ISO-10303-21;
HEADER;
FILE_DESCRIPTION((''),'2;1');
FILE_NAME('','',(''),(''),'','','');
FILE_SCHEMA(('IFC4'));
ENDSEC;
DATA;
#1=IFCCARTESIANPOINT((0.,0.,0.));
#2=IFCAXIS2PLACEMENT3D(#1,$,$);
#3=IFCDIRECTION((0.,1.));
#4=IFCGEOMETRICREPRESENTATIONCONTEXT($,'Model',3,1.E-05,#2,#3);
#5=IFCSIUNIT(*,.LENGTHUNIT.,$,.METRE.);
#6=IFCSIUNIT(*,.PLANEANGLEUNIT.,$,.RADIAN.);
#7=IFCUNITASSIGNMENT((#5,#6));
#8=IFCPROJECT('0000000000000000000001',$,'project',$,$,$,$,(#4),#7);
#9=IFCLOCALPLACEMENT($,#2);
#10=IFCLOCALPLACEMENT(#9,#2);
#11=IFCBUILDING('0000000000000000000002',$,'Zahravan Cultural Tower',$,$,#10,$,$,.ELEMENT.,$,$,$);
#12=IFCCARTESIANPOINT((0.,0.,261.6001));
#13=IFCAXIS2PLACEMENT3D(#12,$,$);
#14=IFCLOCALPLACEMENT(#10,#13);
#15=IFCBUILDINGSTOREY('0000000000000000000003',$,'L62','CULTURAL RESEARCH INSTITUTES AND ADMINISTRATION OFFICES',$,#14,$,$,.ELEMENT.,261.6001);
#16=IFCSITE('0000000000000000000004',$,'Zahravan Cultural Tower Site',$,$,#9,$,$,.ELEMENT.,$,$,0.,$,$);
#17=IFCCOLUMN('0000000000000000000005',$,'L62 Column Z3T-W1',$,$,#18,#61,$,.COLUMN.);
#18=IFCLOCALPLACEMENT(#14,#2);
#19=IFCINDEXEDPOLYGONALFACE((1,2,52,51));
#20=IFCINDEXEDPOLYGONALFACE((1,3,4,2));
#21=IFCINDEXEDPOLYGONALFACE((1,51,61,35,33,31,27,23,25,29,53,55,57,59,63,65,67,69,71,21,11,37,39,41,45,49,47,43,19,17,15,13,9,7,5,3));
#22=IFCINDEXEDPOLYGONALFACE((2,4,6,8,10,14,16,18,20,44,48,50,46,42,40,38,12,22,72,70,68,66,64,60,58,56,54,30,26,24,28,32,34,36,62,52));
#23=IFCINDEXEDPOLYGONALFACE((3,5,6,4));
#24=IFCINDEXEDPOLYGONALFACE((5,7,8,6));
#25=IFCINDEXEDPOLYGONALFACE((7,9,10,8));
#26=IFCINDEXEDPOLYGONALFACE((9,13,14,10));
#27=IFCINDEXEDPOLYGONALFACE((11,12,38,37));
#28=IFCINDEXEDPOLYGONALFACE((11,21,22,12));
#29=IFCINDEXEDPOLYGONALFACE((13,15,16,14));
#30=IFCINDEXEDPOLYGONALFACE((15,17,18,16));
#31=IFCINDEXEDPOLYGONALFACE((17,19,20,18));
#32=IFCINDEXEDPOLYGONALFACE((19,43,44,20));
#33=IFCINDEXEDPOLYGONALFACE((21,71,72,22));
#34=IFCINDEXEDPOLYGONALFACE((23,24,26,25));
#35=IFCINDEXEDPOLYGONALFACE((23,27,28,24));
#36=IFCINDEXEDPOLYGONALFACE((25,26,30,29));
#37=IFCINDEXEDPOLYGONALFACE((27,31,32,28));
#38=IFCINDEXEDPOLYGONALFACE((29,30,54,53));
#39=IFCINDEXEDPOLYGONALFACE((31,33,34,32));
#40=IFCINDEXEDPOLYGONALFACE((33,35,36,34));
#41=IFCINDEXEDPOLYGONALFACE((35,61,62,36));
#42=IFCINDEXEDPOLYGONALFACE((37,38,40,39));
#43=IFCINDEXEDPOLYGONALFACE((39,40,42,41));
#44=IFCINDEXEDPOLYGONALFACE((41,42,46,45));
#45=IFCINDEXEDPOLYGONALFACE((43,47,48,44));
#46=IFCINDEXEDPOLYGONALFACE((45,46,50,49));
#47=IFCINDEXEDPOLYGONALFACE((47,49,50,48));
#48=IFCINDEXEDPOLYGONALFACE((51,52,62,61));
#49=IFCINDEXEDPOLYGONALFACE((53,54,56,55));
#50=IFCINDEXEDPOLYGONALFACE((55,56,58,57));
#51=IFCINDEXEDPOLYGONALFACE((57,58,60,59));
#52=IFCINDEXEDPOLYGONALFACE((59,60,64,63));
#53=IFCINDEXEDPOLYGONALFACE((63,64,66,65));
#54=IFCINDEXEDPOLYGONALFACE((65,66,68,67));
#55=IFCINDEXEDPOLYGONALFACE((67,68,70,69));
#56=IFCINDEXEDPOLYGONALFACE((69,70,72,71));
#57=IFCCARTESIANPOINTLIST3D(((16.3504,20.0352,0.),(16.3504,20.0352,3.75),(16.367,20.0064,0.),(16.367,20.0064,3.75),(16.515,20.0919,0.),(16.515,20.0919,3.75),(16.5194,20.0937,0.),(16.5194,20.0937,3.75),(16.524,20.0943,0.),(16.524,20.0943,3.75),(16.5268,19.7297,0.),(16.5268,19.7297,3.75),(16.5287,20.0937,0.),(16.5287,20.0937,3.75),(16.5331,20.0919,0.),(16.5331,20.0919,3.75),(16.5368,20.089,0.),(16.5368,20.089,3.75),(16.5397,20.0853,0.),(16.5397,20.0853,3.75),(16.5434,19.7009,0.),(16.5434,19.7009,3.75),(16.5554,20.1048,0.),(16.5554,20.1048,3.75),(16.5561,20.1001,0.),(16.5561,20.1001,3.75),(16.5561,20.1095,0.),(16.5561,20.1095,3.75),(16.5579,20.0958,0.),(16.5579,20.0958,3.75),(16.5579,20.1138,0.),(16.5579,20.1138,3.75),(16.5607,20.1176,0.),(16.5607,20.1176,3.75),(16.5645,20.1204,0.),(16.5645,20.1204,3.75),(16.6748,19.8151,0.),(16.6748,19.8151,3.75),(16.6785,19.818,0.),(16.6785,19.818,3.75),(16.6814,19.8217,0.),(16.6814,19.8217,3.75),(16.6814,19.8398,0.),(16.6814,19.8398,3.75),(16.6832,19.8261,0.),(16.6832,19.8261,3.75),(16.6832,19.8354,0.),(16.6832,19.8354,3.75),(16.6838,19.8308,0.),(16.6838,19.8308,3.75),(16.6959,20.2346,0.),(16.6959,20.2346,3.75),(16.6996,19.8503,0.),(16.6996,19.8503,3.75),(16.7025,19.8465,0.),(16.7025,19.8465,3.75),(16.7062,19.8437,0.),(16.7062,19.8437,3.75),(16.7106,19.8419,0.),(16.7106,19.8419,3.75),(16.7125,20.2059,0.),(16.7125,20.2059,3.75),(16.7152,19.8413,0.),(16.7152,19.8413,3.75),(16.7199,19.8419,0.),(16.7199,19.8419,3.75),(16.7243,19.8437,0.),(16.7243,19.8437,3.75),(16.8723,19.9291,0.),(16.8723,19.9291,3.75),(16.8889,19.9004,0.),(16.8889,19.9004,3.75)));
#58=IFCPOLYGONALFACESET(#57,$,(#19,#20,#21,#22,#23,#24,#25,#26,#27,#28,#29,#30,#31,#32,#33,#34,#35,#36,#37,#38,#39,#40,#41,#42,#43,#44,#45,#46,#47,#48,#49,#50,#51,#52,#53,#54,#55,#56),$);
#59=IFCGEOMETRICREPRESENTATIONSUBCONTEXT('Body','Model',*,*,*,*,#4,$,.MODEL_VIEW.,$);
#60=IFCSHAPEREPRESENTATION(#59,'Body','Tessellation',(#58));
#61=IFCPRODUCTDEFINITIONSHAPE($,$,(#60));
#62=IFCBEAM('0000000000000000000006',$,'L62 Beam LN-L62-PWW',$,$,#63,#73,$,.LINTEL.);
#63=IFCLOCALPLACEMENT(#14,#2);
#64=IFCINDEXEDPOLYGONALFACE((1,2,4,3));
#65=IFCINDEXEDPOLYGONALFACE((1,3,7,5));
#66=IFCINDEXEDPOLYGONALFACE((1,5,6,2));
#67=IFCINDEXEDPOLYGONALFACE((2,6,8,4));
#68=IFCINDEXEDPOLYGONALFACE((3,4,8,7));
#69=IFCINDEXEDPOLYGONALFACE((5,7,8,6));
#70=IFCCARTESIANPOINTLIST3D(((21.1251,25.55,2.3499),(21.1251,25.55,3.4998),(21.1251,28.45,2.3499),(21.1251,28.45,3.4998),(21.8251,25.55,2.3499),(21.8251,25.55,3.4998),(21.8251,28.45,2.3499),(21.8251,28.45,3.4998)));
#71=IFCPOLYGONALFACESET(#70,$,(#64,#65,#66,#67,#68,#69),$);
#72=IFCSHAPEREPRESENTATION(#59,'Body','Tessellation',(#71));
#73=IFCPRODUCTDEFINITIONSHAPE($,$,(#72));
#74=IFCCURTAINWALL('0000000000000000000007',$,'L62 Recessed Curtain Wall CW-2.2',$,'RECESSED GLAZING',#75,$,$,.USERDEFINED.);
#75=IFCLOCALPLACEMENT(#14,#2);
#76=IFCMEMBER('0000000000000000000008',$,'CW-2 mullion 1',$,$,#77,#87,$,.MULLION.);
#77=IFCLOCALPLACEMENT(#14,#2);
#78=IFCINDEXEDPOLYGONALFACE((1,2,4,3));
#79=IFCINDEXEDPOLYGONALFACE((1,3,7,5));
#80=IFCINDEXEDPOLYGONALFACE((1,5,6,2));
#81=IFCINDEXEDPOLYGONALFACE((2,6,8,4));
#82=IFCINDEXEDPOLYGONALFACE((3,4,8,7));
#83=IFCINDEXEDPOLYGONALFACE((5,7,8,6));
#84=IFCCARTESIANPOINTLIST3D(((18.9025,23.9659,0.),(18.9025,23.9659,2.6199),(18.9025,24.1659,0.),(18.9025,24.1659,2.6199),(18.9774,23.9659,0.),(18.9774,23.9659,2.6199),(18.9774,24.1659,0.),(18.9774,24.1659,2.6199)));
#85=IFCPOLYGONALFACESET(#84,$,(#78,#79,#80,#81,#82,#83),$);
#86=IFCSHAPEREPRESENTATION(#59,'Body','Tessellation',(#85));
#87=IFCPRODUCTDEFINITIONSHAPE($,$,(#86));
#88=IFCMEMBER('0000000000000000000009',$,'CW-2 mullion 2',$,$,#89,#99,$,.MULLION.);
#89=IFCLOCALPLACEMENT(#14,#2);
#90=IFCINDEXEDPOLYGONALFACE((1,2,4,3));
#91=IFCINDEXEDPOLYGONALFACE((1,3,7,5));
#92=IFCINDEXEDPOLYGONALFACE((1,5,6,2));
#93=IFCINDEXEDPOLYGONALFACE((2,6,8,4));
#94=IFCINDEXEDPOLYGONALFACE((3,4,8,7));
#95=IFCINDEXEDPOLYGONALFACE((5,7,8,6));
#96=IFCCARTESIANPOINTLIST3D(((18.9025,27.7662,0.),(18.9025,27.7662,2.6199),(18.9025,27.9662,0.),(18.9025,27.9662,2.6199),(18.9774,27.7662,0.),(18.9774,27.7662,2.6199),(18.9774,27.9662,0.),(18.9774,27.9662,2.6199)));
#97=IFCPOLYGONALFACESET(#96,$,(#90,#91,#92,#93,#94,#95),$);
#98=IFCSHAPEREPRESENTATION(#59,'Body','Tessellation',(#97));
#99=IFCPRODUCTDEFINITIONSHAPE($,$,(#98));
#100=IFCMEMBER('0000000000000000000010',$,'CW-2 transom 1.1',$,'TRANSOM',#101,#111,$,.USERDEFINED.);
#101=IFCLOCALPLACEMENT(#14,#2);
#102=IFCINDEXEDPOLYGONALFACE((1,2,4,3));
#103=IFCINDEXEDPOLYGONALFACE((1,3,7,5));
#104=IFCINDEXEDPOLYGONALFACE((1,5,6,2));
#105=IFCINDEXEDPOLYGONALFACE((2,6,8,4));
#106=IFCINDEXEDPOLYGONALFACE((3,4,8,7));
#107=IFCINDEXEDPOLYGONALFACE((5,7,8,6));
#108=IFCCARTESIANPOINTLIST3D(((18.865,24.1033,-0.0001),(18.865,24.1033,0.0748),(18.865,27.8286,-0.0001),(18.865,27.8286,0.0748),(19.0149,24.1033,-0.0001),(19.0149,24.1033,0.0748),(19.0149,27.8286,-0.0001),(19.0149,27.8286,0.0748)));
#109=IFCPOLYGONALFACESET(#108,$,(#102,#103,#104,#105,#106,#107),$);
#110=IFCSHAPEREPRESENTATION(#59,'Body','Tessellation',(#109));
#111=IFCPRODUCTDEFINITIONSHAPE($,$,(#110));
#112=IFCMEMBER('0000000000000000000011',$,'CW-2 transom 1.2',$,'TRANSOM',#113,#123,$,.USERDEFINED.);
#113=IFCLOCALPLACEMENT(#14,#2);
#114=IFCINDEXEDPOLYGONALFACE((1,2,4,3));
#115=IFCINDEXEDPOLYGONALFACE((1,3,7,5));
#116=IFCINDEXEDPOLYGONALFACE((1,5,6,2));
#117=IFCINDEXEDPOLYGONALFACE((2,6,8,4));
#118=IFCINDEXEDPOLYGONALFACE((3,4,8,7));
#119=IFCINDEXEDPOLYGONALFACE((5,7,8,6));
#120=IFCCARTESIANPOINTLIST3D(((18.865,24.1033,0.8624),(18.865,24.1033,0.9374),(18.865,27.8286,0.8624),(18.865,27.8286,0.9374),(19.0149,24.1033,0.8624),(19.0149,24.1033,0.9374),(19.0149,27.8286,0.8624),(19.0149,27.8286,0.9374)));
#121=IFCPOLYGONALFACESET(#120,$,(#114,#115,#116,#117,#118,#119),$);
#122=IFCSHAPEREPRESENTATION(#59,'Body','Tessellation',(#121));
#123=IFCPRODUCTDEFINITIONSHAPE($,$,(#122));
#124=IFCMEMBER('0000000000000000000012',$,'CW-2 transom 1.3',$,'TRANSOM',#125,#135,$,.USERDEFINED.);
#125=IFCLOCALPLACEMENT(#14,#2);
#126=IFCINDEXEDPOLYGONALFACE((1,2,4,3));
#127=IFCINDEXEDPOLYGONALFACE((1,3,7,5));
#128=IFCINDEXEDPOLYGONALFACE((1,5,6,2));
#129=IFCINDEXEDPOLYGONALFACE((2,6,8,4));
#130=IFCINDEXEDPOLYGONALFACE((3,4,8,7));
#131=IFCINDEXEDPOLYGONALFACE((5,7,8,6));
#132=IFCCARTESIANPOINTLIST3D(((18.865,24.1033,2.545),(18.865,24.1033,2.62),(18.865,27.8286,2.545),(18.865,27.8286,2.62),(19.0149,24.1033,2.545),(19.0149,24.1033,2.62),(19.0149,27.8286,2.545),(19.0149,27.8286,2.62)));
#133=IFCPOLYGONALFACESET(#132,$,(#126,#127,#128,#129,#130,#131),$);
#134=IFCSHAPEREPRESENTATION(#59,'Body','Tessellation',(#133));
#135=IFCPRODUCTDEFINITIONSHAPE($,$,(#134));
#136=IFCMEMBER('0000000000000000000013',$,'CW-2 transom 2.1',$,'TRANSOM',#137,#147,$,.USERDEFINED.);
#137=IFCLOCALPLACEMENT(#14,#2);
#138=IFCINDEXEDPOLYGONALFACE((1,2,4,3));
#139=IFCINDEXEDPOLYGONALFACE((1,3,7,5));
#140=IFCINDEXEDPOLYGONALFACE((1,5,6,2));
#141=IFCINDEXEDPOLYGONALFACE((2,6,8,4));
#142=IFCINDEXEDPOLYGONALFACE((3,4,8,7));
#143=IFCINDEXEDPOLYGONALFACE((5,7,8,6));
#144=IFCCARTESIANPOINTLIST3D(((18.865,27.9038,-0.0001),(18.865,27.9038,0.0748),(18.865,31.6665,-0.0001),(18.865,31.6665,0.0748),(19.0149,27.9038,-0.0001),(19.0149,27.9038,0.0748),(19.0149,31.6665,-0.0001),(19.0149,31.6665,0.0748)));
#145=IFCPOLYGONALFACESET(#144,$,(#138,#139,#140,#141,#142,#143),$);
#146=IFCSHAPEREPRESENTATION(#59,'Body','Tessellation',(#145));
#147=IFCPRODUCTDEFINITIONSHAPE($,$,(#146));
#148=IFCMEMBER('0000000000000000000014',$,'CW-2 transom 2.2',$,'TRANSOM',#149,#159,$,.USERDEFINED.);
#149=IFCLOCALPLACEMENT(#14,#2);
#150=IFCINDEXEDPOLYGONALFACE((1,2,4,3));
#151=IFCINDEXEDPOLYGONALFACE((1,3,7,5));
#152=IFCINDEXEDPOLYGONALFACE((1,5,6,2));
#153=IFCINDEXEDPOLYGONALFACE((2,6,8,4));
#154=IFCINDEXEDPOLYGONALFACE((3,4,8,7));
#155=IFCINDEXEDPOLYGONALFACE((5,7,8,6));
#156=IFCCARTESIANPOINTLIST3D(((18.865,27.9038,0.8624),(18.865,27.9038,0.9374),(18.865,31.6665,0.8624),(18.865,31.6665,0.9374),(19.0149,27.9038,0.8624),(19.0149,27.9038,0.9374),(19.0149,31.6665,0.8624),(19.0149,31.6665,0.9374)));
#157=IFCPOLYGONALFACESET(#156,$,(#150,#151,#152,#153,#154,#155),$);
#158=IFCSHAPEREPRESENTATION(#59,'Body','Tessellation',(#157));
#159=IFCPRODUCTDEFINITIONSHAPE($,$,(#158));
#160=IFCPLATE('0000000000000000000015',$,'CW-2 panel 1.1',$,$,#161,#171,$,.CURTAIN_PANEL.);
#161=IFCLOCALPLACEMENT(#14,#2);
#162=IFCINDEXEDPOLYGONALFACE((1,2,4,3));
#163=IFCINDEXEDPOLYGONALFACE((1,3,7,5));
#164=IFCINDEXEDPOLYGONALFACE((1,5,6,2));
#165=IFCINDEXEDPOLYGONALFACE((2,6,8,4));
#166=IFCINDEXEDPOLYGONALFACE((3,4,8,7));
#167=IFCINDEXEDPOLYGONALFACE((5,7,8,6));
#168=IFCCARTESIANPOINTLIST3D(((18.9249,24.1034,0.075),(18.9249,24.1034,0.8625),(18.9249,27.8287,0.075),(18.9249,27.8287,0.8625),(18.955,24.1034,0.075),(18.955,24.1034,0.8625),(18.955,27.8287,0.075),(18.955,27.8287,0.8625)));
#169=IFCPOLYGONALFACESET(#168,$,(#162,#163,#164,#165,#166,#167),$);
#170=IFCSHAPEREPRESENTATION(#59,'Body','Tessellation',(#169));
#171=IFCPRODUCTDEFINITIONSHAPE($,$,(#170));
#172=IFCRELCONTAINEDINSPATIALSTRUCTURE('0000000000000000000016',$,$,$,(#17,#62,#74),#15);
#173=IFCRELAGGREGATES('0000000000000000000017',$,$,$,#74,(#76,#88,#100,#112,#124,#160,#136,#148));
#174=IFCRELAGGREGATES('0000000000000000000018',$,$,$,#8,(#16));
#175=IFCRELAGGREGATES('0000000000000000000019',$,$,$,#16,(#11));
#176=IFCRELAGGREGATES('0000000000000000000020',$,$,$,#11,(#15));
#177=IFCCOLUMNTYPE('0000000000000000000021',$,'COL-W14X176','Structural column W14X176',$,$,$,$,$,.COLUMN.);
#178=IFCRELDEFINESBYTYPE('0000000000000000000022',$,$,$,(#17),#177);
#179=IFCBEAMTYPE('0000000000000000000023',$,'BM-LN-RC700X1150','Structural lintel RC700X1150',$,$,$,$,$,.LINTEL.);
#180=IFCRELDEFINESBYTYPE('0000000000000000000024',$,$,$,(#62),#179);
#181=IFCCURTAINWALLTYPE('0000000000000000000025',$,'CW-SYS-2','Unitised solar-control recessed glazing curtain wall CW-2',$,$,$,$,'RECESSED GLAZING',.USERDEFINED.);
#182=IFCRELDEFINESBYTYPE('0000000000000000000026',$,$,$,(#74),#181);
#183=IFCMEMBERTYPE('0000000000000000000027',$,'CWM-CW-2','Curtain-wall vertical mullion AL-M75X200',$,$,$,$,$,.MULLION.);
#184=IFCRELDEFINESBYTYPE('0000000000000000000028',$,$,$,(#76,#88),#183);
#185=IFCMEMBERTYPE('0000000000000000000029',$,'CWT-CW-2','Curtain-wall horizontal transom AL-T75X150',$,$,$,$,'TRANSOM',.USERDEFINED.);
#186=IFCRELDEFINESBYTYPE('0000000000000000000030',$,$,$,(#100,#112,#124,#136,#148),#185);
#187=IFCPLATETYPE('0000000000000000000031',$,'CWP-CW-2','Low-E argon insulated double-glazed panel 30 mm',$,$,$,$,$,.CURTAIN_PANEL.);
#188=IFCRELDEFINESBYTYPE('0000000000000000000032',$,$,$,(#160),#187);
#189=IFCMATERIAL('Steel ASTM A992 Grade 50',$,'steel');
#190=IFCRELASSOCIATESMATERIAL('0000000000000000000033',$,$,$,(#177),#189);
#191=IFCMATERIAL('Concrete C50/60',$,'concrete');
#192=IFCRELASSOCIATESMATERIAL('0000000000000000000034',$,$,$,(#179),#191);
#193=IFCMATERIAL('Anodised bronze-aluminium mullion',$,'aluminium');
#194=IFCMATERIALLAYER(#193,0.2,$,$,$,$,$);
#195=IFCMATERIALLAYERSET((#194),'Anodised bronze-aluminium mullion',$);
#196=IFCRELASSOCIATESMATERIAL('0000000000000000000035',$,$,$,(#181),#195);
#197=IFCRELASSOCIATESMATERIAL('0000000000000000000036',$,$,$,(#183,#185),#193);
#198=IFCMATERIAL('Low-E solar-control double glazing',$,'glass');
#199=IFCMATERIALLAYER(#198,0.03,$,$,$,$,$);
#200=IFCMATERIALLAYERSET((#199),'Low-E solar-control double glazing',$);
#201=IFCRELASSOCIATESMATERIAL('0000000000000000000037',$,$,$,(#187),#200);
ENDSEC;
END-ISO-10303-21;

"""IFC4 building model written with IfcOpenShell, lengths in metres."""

from ifc_helpers import new_model, si_unit, direction, frame, origin, origin_2d, place, context, subcontext, project, spatial, rectangle, i_section, extrude, source, transform, mapped, material, layer, layer_set, material_profile, profile_set, type_object, element, aggregate, save


model = new_model("IFC4")

# Units and contexts
model_context = context("Model", 3, precision=1e-05, world=origin(), true_north=direction((0.0, 1.0)))
body_context = subcontext(model_context, "Body", "Model", "MODEL_VIEW")
ifc_project = project(units=[si_unit("LENGTHUNIT", "METRE"), si_unit("PLANEANGLEUNIT", "RADIAN")], contexts=[model_context])

# Site, building, storey
site_placement = place(None, origin())
site = spatial("IfcSite", under=ifc_project, at=site_placement, Name="Zahravan Cultural Tower Site", CompositionType="ELEMENT", RefElevation=0.0)
building_placement = place(site_placement, origin())
building = spatial("IfcBuilding", under=site, at=building_placement, Name="Zahravan Cultural Tower", CompositionType="ELEMENT")
storey_placement = place(building_placement, frame((0.0, 0.0, 261.6001)))
storey = spatial("IfcBuildingStorey", under=building, at=storey_placement, Name="L62", Description="CULTURAL RESEARCH INSTITUTES AND ADMINISTRATION OFFICES", CompositionType="ELEMENT", Elevation=261.6001)

# Column
ifc_material_1 = material(Name="Steel ASTM A992 Grade 50", Category="steel")
ifc_material_profile_1 = material_profile(ifc_material_1, i_section(OverallWidth=0.3989, OverallDepth=0.386, WebThickness=0.021, FlangeThickness=0.0332, FilletRadius=0.0181, at=origin_2d()), Name="W14X176")
ifc_profile_set_1 = profile_set([ifc_material_profile_1], Name="Steel ASTM A992 Grade 50")
column_type = type_object("IfcColumnType", Name="COL-W14X176", Description="Structural column W14X176", PredefinedType="COLUMN", material=ifc_profile_set_1)
shared_shape_1 = source(origin(), body_context, "Body", "SweptSolid", [
    extrude(i_section(OverallWidth=0.3989, OverallDepth=0.386, WebThickness=0.021, FlangeThickness=0.0332, FilletRadius=0.0181, at=origin_2d()), origin(), (0.0, 0.0, 1.0), 3.75),
])
column_placement = place(storey_placement, frame((16.6196, 19.9678, 0.0), z_axis=(0.0, 0.0, 1.0), x_axis=(0.866025, 0.5, 0.0)))
element("IfcColumn", 1, at=column_placement, inside=storey, type_object=column_type, Name="L62 Column Z3T-W1", PredefinedType="COLUMN", context=body_context, shape_type="MappedRepresentation", body=[
    mapped(shared_shape_1, transform((0.0, 0.0, 0.0), x_axis=(1.0, 0.0, 0.0), y_axis=(0.0, 1.0, 0.0), z_axis=(0.0, 0.0, 1.0), scale=1.0)),
])

# Beam
ifc_material_2 = material(Name="Concrete C50/60", Category="concrete")
ifc_material_profile_2 = material_profile(ifc_material_2, rectangle(XDim=0.7, YDim=1.1499, at=origin_2d()), Name="RC700X1150")
ifc_profile_set_2 = profile_set([ifc_material_profile_2], Name="Concrete C50/60")
beam_type = type_object("IfcBeamType", Name="BM-LN-RC700X1150", Description="Structural lintel RC700X1150", PredefinedType="LINTEL", material=ifc_profile_set_2)
shared_shape_2 = source(origin(), body_context, "Body", "SweptSolid", [
    extrude(rectangle(XDim=0.7, YDim=1.1499, at=origin_2d()), origin(), (0.0, 0.0, 1.0), 2.8999),
])
beam_placement = place(storey_placement, frame((21.4751, 25.55, 2.9248), z_axis=(0.0, 1.0, 0.0), x_axis=(-1.0, 0.0, 0.0)))
element("IfcBeam", 2, at=beam_placement, inside=storey, type_object=beam_type, Name="L62 Beam LN-L62-PWW", PredefinedType="LINTEL", context=body_context, shape_type="MappedRepresentation", body=[
    mapped(shared_shape_2, transform((0.0, 0.0, 0.0), x_axis=(1.0, 0.0, 0.0), y_axis=(0.0, 1.0, 0.0), z_axis=(0.0, 0.0, 1.0), scale=1.0)),
])

# Curtain wall, members, plate
ifc_material_3 = material(Name="Anodised bronze-aluminium mullion", Category="aluminium")
ifc_layer_1 = layer(ifc_material_3, 0.2)
ifc_layer_set_1 = layer_set([ifc_layer_1], Name="Anodised bronze-aluminium mullion")
curtain_wall_type = type_object("IfcCurtainWallType", Name="CW-SYS-2", Description="Unitised solar-control recessed glazing curtain wall CW-2", ElementType="RECESSED GLAZING", PredefinedType="USERDEFINED", material=ifc_layer_set_1)
curtain_wall_placement = place(storey_placement, origin())
curtain_wall = element("IfcCurtainWall", 3, at=curtain_wall_placement, inside=storey, type_object=curtain_wall_type, Name="L62 Recessed Curtain Wall CW-2.2", ObjectType="RECESSED GLAZING", PredefinedType="USERDEFINED")
ifc_material_profile_3 = material_profile(ifc_material_3, rectangle(XDim=0.075, YDim=0.2, at=origin_2d()), Name="AL-M75X200")
ifc_profile_set_3 = profile_set([ifc_material_profile_3], Name="Anodised bronze-aluminium mullion")
member_type_1 = type_object("IfcMemberType", Name="CWM-CW-2", Description="Curtain-wall vertical mullion AL-M75X200", PredefinedType="MULLION", material=ifc_profile_set_3)
shared_shape_3 = source(origin(), body_context, "Body", "SweptSolid", [
    extrude(rectangle(XDim=0.075, YDim=0.2, at=origin_2d()), origin(), (0.0, 0.0, 1.0), 2.6199),
])
member_1_placement = place(storey_placement, frame((18.9399, 24.0659, 0.0), z_axis=(0.0, 0.0, 1.0), x_axis=(-1.0, 0.0, 0.0)))
member_1 = element("IfcMember", 4, at=member_1_placement, type_object=member_type_1, Name="CW-2 mullion 1", PredefinedType="MULLION", context=body_context, shape_type="MappedRepresentation", body=[
    mapped(shared_shape_3, transform((0.0, 0.0, 0.0), x_axis=(1.0, 0.0, 0.0), y_axis=(0.0, 1.0, 0.0), z_axis=(0.0, 0.0, 1.0), scale=1.0)),
])
member_2_placement = place(storey_placement, frame((18.9399, 27.8662, 0.0), z_axis=(0.0, 0.0, 1.0), x_axis=(-1.0, 0.0, 0.0)))
member_2 = element("IfcMember", 5, at=member_2_placement, type_object=member_type_1, Name="CW-2 mullion 2", PredefinedType="MULLION", context=body_context, shape_type="MappedRepresentation", body=[
    mapped(shared_shape_3, transform((0.0, 0.0, 0.0), x_axis=(1.0, 0.0, 0.0), y_axis=(0.0, 1.0, 0.0), z_axis=(0.0, 0.0, 1.0), scale=1.0)),
])
ifc_material_profile_4 = material_profile(ifc_material_3, rectangle(XDim=0.1499, YDim=0.075, at=origin_2d()), Name="AL-T75X150")
ifc_profile_set_4 = profile_set([ifc_material_profile_4], Name="Anodised bronze-aluminium mullion")
member_type_2 = type_object("IfcMemberType", Name="CWT-CW-2", Description="Curtain-wall horizontal transom AL-T75X150", ElementType="TRANSOM", PredefinedType="USERDEFINED", material=ifc_profile_set_4)
shared_shape_4 = source(origin(), body_context, "Body", "SweptSolid", [
    extrude(rectangle(XDim=0.1499, YDim=0.075, at=origin_2d()), origin(), (0.0, 0.0, 1.0), 3.7253),
])
member_3_placement = place(storey_placement, frame((18.9399, 24.1033, 0.0374), z_axis=(0.0, 1.0, 0.0), x_axis=(-1.0, 0.0, 0.0)))
member_3 = element("IfcMember", 6, at=member_3_placement, type_object=member_type_2, Name="CW-2 transom 1.1", ObjectType="TRANSOM", PredefinedType="USERDEFINED", context=body_context, shape_type="MappedRepresentation", body=[
    mapped(shared_shape_4, transform((0.0, 0.0, 0.0), x_axis=(1.0, 0.0, 0.0), y_axis=(0.0, 1.0, 0.0), z_axis=(0.0, 0.0, 1.0), scale=1.0)),
])
member_4_placement = place(storey_placement, frame((18.9399, 24.1033, 0.8999), z_axis=(0.0, 1.0, 0.0), x_axis=(-1.0, 0.0, 0.0)))
member_4 = element("IfcMember", 7, at=member_4_placement, type_object=member_type_2, Name="CW-2 transom 1.2", ObjectType="TRANSOM", PredefinedType="USERDEFINED", context=body_context, shape_type="MappedRepresentation", body=[
    mapped(shared_shape_4, transform((0.0, 0.0, 0.0), x_axis=(1.0, 0.0, 0.0), y_axis=(0.0, 1.0, 0.0), z_axis=(0.0, 0.0, 1.0), scale=1.0)),
])
member_5_placement = place(storey_placement, frame((18.9399, 24.1033, 2.5825), z_axis=(0.0, 1.0, 0.0), x_axis=(-1.0, 0.0, 0.0)))
member_5 = element("IfcMember", 8, at=member_5_placement, type_object=member_type_2, Name="CW-2 transom 1.3", ObjectType="TRANSOM", PredefinedType="USERDEFINED", context=body_context, shape_type="MappedRepresentation", body=[
    mapped(shared_shape_4, transform((0.0, 0.0, 0.0), x_axis=(1.0, 0.0, 0.0), y_axis=(0.0, 1.0, 0.0), z_axis=(0.0, 0.0, 1.0), scale=1.0)),
])
shared_shape_5 = source(origin(), body_context, "Body", "SweptSolid", [
    extrude(rectangle(XDim=0.1499, YDim=0.075, at=origin_2d()), origin(), (0.0, 0.0, 1.0), 3.7627),
])
member_6_placement = place(storey_placement, frame((18.9399, 27.9038, 0.0374), z_axis=(0.0, 1.0, 0.0), x_axis=(-1.0, 0.0, 0.0)))
member_6 = element("IfcMember", 9, at=member_6_placement, type_object=member_type_2, Name="CW-2 transom 2.1", ObjectType="TRANSOM", PredefinedType="USERDEFINED", context=body_context, shape_type="MappedRepresentation", body=[
    mapped(shared_shape_5, transform((0.0, 0.0, 0.0), x_axis=(1.0, 0.0, 0.0), y_axis=(0.0, 1.0, 0.0), z_axis=(0.0, 0.0, 1.0), scale=1.0)),
])
member_7_placement = place(storey_placement, frame((18.9399, 27.9038, 0.8999), z_axis=(0.0, 1.0, 0.0), x_axis=(-1.0, 0.0, 0.0)))
member_7 = element("IfcMember", 10, at=member_7_placement, type_object=member_type_2, Name="CW-2 transom 2.2", ObjectType="TRANSOM", PredefinedType="USERDEFINED", context=body_context, shape_type="MappedRepresentation", body=[
    mapped(shared_shape_5, transform((0.0, 0.0, 0.0), x_axis=(1.0, 0.0, 0.0), y_axis=(0.0, 1.0, 0.0), z_axis=(0.0, 0.0, 1.0), scale=1.0)),
])
ifc_material_4 = material(Name="Low-E solar-control double glazing", Category="glass")
ifc_layer_2 = layer(ifc_material_4, 0.03)
ifc_layer_set_2 = layer_set([ifc_layer_2], Name="Low-E solar-control double glazing")
plate_type = type_object("IfcPlateType", Name="CWP-CW-2", Description="Low-E argon insulated double-glazed panel 30 mm", PredefinedType="CURTAIN_PANEL", material=ifc_layer_set_2)
shared_shape_6 = source(origin(), body_context, "Body", "SweptSolid", [
    extrude(rectangle(XDim=3.7253, YDim=0.03, at=origin_2d()), origin(), (0.0, 0.0, 1.0), 0.7876),
])
plate_1_placement = place(storey_placement, frame((18.9399, 25.9661, 0.075), z_axis=(0.0, 0.0, 1.0), x_axis=(0.0, 1.0, 0.0)))
plate_1 = element("IfcPlate", 11, at=plate_1_placement, type_object=plate_type, Name="CW-2 panel 1.1", PredefinedType="CURTAIN_PANEL", context=body_context, shape_type="MappedRepresentation", body=[
    mapped(shared_shape_6, transform((0.0, 0.0, 0.0), x_axis=(1.0, 0.0, 0.0), y_axis=(0.0, 1.0, 0.0), z_axis=(0.0, 0.0, 1.0), scale=1.0)),
])
aggregate(curtain_wall, [member_1, member_2, member_3, member_4, member_5, plate_1, member_6, member_7])

save(model, "model.ifc")
